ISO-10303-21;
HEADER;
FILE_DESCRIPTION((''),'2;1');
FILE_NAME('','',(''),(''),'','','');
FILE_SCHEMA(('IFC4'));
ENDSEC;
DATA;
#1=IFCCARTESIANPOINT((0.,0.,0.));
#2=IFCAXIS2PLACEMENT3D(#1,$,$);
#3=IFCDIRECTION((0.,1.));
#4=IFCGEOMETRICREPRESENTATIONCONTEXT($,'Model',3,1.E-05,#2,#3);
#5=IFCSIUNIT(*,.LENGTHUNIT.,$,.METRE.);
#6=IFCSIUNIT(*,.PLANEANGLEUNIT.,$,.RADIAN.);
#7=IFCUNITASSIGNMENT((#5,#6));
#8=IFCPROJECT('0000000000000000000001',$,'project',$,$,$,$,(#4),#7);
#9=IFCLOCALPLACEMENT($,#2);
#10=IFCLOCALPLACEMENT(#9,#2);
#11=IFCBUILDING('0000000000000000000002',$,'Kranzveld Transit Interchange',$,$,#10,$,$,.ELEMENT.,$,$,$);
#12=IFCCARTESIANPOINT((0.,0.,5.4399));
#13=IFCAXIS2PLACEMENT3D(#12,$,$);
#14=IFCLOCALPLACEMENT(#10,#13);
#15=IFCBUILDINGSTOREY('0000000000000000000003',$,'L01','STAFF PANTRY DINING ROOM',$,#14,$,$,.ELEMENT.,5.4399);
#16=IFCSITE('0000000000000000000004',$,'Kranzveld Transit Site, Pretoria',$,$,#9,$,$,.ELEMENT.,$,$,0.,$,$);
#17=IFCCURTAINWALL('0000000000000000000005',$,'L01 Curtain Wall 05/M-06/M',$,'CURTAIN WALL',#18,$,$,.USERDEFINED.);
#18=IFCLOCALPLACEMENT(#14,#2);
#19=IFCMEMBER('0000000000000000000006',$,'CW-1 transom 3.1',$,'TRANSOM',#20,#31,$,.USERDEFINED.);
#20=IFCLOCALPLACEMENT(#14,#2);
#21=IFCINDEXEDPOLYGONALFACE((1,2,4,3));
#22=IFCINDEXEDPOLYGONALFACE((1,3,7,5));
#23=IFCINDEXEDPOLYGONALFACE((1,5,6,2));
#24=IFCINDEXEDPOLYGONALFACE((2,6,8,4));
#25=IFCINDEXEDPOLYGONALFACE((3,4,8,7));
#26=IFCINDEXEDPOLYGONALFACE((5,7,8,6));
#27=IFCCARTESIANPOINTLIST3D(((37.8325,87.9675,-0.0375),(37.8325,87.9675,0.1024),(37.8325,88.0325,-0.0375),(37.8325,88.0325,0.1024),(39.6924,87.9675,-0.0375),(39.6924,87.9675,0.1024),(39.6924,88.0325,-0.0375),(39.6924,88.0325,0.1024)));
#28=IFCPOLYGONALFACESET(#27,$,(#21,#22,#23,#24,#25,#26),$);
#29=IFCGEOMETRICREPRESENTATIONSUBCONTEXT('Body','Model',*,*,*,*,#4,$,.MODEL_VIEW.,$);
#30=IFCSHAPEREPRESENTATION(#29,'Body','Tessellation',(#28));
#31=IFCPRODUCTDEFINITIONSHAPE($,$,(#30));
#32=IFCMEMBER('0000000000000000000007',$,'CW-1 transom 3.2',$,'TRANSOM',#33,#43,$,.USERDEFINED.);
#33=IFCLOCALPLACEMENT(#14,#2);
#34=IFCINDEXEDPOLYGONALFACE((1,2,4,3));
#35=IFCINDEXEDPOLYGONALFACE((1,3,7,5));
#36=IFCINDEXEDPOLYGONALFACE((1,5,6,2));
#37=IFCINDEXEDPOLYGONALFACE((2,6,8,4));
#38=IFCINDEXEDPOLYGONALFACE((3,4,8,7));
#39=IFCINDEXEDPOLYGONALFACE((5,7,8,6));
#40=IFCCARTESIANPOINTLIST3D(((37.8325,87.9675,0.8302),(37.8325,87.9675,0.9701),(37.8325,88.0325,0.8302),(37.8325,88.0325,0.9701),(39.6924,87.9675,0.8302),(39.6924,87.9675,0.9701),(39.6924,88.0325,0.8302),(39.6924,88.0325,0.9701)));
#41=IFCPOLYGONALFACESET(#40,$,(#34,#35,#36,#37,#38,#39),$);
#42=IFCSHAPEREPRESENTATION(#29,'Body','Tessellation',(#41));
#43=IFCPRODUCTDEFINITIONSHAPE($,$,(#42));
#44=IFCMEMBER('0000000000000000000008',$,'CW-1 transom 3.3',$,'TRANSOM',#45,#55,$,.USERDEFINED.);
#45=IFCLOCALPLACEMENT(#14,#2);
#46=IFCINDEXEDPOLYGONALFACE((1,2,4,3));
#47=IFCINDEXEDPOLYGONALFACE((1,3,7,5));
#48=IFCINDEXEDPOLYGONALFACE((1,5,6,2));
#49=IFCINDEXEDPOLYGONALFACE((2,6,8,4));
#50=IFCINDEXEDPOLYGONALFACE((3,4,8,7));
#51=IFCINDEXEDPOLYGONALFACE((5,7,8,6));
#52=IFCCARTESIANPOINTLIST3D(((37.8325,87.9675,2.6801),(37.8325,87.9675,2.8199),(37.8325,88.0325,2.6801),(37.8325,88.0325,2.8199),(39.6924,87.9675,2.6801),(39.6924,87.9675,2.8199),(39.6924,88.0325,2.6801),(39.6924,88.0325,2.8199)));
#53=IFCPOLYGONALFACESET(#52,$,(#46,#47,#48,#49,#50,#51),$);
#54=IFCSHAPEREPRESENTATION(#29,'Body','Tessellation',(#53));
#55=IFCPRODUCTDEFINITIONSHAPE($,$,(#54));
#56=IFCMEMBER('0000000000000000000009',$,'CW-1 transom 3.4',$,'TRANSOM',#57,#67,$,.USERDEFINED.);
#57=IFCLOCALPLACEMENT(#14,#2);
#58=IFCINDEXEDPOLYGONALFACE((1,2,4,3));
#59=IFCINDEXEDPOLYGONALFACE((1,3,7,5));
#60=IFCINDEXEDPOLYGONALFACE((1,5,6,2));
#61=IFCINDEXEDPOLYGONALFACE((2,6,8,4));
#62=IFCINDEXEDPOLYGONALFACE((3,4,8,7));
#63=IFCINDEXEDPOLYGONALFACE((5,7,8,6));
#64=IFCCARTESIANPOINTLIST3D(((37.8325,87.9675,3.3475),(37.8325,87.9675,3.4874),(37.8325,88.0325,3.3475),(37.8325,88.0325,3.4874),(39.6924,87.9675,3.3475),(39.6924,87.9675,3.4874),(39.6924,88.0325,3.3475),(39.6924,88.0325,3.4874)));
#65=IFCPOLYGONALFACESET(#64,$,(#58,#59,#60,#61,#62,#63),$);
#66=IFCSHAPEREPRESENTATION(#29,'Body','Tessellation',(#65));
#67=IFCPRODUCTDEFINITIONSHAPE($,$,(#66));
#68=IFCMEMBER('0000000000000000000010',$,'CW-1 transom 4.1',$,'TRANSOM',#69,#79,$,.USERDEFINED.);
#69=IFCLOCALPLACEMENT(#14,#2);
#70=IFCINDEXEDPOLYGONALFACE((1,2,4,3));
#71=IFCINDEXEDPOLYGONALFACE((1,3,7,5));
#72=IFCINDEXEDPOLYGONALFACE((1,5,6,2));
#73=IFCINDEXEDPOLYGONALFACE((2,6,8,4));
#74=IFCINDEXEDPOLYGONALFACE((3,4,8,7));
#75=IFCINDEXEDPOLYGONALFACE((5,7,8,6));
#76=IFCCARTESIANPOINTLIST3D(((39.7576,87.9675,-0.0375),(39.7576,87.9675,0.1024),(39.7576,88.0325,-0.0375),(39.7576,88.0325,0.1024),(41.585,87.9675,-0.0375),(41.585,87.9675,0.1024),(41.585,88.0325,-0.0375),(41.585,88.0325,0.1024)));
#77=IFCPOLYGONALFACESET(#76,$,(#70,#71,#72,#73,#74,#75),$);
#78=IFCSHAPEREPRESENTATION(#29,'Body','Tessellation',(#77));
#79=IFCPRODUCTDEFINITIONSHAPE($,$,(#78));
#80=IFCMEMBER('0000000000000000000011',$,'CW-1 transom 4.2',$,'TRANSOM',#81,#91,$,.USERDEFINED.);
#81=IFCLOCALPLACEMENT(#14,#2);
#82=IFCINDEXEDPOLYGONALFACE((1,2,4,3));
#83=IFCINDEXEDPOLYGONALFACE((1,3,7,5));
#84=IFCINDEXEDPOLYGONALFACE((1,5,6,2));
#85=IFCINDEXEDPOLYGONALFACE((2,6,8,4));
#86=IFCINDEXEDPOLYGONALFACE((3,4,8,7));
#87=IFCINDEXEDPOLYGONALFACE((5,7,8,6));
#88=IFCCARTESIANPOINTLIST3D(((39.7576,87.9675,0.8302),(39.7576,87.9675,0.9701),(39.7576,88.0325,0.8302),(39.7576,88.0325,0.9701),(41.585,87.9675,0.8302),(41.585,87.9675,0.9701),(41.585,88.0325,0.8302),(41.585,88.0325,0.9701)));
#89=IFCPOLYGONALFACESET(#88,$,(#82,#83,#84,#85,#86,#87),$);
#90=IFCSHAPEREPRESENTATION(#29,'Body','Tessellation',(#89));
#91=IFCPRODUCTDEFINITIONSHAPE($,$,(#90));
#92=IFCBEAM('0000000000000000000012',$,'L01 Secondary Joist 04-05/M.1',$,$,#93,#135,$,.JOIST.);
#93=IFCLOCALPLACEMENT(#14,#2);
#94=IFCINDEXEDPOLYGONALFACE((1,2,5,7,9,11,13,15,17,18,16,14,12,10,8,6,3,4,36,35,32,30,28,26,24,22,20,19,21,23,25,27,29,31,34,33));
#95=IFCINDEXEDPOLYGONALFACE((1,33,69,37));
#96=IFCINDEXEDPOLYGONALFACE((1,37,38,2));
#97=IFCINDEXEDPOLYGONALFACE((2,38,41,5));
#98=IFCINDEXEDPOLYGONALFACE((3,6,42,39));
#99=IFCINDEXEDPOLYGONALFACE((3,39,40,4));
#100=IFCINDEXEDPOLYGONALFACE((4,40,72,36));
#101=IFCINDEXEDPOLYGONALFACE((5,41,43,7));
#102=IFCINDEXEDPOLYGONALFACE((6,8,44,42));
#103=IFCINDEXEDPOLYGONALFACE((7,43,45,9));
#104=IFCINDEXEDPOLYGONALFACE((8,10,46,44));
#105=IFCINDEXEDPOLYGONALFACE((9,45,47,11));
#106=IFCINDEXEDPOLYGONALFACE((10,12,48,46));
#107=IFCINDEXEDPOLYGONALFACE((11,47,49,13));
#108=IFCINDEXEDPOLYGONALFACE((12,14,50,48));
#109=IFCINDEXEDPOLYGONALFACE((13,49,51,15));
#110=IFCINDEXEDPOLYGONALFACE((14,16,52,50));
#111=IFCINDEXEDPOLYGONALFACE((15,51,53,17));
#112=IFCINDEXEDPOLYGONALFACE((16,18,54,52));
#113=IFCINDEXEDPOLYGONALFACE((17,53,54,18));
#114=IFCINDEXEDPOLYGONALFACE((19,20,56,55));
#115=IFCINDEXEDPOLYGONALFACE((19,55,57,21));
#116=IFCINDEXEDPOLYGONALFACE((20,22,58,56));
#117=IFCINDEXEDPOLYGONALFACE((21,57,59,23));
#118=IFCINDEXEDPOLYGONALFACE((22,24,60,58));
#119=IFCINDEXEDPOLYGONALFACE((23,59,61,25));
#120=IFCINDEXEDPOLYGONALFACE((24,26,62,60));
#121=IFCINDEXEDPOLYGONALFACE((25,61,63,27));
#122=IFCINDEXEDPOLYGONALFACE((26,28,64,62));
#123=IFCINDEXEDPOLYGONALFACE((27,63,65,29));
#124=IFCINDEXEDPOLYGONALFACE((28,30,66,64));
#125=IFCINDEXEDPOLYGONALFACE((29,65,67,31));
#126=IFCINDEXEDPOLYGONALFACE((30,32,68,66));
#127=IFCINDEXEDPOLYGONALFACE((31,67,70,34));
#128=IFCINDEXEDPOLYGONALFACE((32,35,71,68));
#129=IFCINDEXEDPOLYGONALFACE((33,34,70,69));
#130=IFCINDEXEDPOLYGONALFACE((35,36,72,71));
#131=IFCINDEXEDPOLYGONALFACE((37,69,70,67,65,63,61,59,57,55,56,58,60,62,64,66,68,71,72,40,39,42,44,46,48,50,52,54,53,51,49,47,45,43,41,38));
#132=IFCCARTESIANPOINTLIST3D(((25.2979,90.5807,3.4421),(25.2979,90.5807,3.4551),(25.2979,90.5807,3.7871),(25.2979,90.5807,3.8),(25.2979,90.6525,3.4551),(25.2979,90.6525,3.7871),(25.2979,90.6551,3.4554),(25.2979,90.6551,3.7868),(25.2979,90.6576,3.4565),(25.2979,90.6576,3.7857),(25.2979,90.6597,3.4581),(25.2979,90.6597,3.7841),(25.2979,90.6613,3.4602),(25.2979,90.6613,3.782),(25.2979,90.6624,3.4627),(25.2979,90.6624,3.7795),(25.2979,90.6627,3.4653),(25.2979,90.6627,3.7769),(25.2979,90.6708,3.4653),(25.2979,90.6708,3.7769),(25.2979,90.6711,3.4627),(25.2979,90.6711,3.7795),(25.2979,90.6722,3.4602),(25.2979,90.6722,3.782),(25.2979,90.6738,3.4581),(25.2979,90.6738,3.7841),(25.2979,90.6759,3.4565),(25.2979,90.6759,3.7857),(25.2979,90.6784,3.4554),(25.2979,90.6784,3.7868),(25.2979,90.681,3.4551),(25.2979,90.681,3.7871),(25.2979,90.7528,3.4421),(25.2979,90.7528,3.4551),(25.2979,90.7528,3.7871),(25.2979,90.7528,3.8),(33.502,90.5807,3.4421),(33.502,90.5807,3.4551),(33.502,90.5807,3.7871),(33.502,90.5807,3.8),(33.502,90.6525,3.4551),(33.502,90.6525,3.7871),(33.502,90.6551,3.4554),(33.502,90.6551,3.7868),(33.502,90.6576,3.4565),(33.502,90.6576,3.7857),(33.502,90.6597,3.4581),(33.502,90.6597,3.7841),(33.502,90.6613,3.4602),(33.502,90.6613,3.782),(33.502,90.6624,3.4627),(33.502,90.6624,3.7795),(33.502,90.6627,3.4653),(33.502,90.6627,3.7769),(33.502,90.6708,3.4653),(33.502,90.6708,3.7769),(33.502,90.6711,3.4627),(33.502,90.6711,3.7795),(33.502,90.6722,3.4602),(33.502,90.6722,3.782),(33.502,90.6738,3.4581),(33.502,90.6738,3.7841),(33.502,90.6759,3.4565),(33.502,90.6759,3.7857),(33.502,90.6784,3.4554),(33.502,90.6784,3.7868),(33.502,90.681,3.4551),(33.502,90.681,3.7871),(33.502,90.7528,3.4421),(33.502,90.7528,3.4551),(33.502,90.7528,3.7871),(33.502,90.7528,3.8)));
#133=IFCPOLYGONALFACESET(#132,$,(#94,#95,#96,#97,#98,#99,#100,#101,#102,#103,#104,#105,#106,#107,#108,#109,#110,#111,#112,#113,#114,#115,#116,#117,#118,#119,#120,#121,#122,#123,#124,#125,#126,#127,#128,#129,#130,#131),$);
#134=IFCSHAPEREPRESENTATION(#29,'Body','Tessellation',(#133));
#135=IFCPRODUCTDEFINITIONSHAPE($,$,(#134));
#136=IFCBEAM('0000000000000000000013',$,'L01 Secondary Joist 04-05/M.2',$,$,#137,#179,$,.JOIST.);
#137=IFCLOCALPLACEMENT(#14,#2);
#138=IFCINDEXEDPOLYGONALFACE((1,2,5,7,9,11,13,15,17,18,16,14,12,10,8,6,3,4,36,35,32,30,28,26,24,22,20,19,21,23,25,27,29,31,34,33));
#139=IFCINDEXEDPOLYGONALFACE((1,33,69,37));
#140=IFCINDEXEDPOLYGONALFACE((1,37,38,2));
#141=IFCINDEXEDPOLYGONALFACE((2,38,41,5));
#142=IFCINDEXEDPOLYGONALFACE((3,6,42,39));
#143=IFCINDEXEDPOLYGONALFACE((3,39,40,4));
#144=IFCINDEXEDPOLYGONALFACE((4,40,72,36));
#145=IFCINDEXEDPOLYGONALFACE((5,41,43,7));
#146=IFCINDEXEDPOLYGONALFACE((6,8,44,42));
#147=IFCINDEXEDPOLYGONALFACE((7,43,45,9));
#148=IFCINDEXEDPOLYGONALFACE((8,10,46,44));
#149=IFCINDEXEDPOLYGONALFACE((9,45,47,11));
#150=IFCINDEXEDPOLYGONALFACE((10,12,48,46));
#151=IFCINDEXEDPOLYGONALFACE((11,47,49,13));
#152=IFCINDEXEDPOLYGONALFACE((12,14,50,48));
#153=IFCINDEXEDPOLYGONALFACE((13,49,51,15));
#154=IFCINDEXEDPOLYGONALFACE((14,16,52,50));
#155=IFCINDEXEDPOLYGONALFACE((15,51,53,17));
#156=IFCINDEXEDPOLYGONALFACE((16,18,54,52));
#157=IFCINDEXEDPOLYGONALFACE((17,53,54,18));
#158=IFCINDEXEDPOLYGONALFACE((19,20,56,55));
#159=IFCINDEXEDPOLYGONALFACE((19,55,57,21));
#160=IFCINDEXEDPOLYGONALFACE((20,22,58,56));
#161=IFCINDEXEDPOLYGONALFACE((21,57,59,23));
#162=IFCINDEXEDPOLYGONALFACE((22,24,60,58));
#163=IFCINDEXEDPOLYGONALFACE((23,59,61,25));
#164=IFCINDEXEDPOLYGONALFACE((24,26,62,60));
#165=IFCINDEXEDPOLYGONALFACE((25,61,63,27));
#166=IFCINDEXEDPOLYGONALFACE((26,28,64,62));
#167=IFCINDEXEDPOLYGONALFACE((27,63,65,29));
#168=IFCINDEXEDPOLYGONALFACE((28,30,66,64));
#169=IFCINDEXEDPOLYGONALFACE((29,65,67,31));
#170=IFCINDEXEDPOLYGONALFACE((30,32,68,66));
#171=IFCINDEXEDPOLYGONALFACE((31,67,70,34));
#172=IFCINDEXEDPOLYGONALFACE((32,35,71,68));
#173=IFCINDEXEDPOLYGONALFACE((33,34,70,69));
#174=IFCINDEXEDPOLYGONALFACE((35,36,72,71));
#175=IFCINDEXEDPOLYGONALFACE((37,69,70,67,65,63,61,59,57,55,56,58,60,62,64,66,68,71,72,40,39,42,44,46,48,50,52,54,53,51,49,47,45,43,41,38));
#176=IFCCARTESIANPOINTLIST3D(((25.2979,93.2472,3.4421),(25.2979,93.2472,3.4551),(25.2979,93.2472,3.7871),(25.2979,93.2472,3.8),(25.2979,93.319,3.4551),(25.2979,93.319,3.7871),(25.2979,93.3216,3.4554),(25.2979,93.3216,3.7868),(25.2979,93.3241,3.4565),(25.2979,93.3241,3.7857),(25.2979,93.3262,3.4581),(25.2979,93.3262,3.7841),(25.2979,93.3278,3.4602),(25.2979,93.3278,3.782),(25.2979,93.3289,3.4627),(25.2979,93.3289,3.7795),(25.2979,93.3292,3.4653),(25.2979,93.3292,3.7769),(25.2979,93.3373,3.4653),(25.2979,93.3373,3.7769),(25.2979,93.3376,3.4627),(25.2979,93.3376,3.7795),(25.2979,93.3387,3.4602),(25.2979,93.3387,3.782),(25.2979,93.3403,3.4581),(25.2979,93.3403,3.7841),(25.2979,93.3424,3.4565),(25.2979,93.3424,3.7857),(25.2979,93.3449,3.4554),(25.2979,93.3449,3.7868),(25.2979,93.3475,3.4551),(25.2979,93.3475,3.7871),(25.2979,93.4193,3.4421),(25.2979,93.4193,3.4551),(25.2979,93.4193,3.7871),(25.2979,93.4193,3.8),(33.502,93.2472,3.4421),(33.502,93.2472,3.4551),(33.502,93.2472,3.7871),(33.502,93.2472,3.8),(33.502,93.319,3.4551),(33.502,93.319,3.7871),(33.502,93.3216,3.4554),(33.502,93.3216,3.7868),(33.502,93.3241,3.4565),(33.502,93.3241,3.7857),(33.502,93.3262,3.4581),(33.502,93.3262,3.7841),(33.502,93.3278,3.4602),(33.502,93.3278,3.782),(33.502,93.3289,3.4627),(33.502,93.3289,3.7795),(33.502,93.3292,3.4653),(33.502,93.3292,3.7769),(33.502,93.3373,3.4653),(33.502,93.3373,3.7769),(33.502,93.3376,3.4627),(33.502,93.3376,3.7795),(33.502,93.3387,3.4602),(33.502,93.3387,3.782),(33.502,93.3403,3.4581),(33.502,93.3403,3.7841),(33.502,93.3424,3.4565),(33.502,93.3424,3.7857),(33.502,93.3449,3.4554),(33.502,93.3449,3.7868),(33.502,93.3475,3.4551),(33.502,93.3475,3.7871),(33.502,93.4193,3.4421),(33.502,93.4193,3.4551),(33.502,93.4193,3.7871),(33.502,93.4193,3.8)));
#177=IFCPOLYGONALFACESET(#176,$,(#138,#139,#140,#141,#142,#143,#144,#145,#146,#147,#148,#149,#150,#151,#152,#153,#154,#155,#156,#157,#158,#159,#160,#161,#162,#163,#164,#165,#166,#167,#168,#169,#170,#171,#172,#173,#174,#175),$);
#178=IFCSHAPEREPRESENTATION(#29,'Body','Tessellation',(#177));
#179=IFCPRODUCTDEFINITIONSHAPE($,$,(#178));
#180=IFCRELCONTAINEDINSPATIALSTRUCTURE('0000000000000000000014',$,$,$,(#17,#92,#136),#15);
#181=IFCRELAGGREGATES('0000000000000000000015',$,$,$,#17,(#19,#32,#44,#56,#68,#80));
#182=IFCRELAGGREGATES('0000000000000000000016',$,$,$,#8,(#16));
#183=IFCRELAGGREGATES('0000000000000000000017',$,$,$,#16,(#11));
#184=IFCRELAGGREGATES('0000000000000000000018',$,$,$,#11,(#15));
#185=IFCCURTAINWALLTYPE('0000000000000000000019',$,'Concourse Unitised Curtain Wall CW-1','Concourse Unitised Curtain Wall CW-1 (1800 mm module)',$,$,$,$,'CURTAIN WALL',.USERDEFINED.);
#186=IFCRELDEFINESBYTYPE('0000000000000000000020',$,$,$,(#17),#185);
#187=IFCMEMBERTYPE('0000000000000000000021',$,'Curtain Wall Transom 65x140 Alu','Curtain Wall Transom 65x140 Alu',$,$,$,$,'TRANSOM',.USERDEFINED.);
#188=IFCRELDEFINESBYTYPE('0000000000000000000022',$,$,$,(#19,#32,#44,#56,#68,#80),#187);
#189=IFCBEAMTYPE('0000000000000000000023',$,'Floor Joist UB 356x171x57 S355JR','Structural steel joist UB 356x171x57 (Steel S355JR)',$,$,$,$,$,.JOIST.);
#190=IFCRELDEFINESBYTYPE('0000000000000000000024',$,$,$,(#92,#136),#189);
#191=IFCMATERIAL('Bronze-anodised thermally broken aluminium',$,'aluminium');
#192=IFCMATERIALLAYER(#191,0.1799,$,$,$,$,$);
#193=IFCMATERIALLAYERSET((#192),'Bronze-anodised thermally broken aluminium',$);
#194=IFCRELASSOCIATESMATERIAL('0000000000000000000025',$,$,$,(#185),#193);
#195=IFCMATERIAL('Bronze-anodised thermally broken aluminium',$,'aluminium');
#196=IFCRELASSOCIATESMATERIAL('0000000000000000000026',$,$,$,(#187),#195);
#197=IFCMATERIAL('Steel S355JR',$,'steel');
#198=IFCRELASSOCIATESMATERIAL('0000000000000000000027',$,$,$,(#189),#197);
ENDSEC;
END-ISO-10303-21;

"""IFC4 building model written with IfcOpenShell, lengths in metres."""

from ifc_helpers import new_model, si_unit, direction, frame, origin, origin_2d, place, context, subcontext, project, spatial, rectangle, i_section, extrude, material, layer, layer_set, material_profile, profile_set, type_object, element, aggregate, save


model = new_model("IFC4")

# Units and contexts
model_context = context("Model", 3, precision=1e-05, world=origin(), true_north=direction((0.0, 1.0)))
body_context = subcontext(model_context, "Body", "Model", "MODEL_VIEW")
ifc_project = project(units=[si_unit("LENGTHUNIT", "METRE"), si_unit("PLANEANGLEUNIT", "RADIAN")], contexts=[model_context])

# Site, building, storey
site_placement = place(None, origin())
site = spatial("IfcSite", under=ifc_project, at=site_placement, Name="Kranzveld Transit Site, Pretoria", CompositionType="ELEMENT", RefElevation=0.0)
building_placement = place(site_placement, origin())
building = spatial("IfcBuilding", under=site, at=building_placement, Name="Kranzveld Transit Interchange", CompositionType="ELEMENT")
storey_placement = place(building_placement, frame((0.0, 0.0, 5.4399)))
storey = spatial("IfcBuildingStorey", under=building, at=storey_placement, Name="L01", Description="STAFF PANTRY DINING ROOM", CompositionType="ELEMENT", Elevation=5.4399)

# Curtain wall, members
ifc_material_1 = material(Name="Bronze-anodised thermally broken aluminium", Category="aluminium")
ifc_layer_1 = layer(ifc_material_1, 0.1799)
ifc_layer_set_1 = layer_set([ifc_layer_1], Name="Bronze-anodised thermally broken aluminium")
curtain_wall_type = type_object("IfcCurtainWallType", Name="Concourse Unitised Curtain Wall CW-1", Description="Concourse Unitised Curtain Wall CW-1 (1800 mm module)", ElementType="CURTAIN WALL", PredefinedType="USERDEFINED", material=ifc_layer_set_1)
curtain_wall_placement = place(storey_placement, origin())
curtain_wall = element("IfcCurtainWall", 1, at=curtain_wall_placement, inside=storey, type_object=curtain_wall_type, Name="L01 Curtain Wall 05/M-06/M", ObjectType="CURTAIN WALL", PredefinedType="USERDEFINED")
ifc_material_2 = material(Name="Bronze-anodised thermally broken aluminium", Category="aluminium")
ifc_material_profile_1 = material_profile(ifc_material_2, rectangle(XDim=0.0649, YDim=0.1399, at=origin_2d()), Name="ALU TRANSOM 65x140")
ifc_profile_set_1 = profile_set([ifc_material_profile_1], Name="Bronze-anodised thermally broken aluminium")
member_type_1 = type_object("IfcMemberType", Name="Curtain Wall Transom 65x140 Alu", Description="Curtain Wall Transom 65x140 Alu", ElementType="TRANSOM", PredefinedType="USERDEFINED", material=ifc_profile_set_1)
member_1_placement = place(storey_placement, frame((37.8325, 88.0, 0.0325), z_axis=(1.0, 0.0, 0.0), x_axis=(0.0, 1.0, 0.0)))
member_1 = element("IfcMember", 2, at=member_1_placement, type_object=member_type_1, Name="CW-1 transom 3.1", ObjectType="TRANSOM", PredefinedType="USERDEFINED", context=body_context, shape_type="SweptSolid", body=[
    extrude(rectangle(XDim=0.0649, YDim=0.1399, at=origin_2d()), origin(), (0.0, 0.0, 1.0), 1.8599),
])
member_2_placement = place(storey_placement, frame((37.8325, 88.0, 0.9001), z_axis=(1.0, 0.0, 0.0), x_axis=(0.0, 1.0, 0.0)))
member_2 = element("IfcMember", 3, at=member_2_placement, type_object=member_type_1, Name="CW-1 transom 3.2", ObjectType="TRANSOM", PredefinedType="USERDEFINED", context=body_context, shape_type="SweptSolid", body=[
    extrude(rectangle(XDim=0.0649, YDim=0.1399, at=origin_2d()), origin(), (0.0, 0.0, 1.0), 1.8599),
])
member_3_placement = place(storey_placement, frame((37.8325, 88.0, 2.75), z_axis=(1.0, 0.0, 0.0), x_axis=(0.0, 1.0, 0.0)))
member_3 = element("IfcMember", 4, at=member_3_placement, type_object=member_type_1, Name="CW-1 transom 3.3", ObjectType="TRANSOM", PredefinedType="USERDEFINED", context=body_context, shape_type="SweptSolid", body=[
    extrude(rectangle(XDim=0.0649, YDim=0.1399, at=origin_2d()), origin(), (0.0, 0.0, 1.0), 1.8599),
])
member_4_placement = place(storey_placement, frame((37.8325, 88.0, 3.4175), z_axis=(1.0, 0.0, 0.0), x_axis=(0.0, 1.0, 0.0)))
member_4 = element("IfcMember", 5, at=member_4_placement, type_object=member_type_1, Name="CW-1 transom 3.4", ObjectType="TRANSOM", PredefinedType="USERDEFINED", context=body_context, shape_type="SweptSolid", body=[
    extrude(rectangle(XDim=0.0649, YDim=0.1399, at=origin_2d()), origin(), (0.0, 0.0, 1.0), 1.8599),
])
member_5_placement = place(storey_placement, frame((39.7576, 88.0, 0.0325), z_axis=(1.0, 0.0, 0.0), x_axis=(0.0, 1.0, 0.0)))
member_5 = element("IfcMember", 6, at=member_5_placement, type_object=member_type_1, Name="CW-1 transom 4.1", ObjectType="TRANSOM", PredefinedType="USERDEFINED", context=body_context, shape_type="SweptSolid", body=[
    extrude(rectangle(XDim=0.0649, YDim=0.1399, at=origin_2d()), origin(), (0.0, 0.0, 1.0), 1.8274),
])
member_6_placement = place(storey_placement, frame((39.7576, 88.0, 0.9001), z_axis=(1.0, 0.0, 0.0), x_axis=(0.0, 1.0, 0.0)))
member_6 = element("IfcMember", 7, at=member_6_placement, type_object=member_type_1, Name="CW-1 transom 4.2", ObjectType="TRANSOM", PredefinedType="USERDEFINED", context=body_context, shape_type="SweptSolid", body=[
    extrude(rectangle(XDim=0.0649, YDim=0.1399, at=origin_2d()), origin(), (0.0, 0.0, 1.0), 1.8274),
])

# Beams
ifc_material_3 = material(Name="Steel S355JR", Category="steel")
ifc_material_profile_2 = material_profile(ifc_material_3, i_section(OverallWidth=0.1721, OverallDepth=0.3579, WebThickness=0.0081, FlangeThickness=0.0129, FilletRadius=0.0103, at=origin_2d()), Name="UB 356x171x57")
ifc_profile_set_2 = profile_set([ifc_material_profile_2], Name="Steel S355JR")
beam_type_1 = type_object("IfcBeamType", Name="Floor Joist UB 356x171x57 S355JR", Description="Structural steel joist UB 356x171x57 (Steel S355JR)", PredefinedType="JOIST", material=ifc_profile_set_2)
for number, where, z_axis, x_axis, name in (
    (8, (25.2979, 90.6667, 3.6211), (1.0, 0.0, 0.0), (0.0, 1.0, 0.0), "L01 Secondary Joist 04-05/M.1"),
    (9, (25.2979, 93.3333, 3.6211), (1.0, 0.0, 0.0), (0.0, 1.0, 0.0), "L01 Secondary Joist 04-05/M.2"),
):
    element("IfcBeam", number, at=place(storey_placement, frame(where, z_axis=z_axis, x_axis=x_axis)), inside=storey, type_object=beam_type_1, Name=name, PredefinedType="JOIST", context=body_context, shape_type="SweptSolid", body=[
        extrude(i_section(OverallWidth=0.1721, OverallDepth=0.3579, WebThickness=0.0081, FlangeThickness=0.0129, FilletRadius=0.0103, at=origin_2d()), origin(), (0.0, 0.0, 1.0), 8.2041),
    ])

aggregate(curtain_wall, [member_1, member_2, member_3, member_4, member_5, member_6])

save(model, "model.ifc")
